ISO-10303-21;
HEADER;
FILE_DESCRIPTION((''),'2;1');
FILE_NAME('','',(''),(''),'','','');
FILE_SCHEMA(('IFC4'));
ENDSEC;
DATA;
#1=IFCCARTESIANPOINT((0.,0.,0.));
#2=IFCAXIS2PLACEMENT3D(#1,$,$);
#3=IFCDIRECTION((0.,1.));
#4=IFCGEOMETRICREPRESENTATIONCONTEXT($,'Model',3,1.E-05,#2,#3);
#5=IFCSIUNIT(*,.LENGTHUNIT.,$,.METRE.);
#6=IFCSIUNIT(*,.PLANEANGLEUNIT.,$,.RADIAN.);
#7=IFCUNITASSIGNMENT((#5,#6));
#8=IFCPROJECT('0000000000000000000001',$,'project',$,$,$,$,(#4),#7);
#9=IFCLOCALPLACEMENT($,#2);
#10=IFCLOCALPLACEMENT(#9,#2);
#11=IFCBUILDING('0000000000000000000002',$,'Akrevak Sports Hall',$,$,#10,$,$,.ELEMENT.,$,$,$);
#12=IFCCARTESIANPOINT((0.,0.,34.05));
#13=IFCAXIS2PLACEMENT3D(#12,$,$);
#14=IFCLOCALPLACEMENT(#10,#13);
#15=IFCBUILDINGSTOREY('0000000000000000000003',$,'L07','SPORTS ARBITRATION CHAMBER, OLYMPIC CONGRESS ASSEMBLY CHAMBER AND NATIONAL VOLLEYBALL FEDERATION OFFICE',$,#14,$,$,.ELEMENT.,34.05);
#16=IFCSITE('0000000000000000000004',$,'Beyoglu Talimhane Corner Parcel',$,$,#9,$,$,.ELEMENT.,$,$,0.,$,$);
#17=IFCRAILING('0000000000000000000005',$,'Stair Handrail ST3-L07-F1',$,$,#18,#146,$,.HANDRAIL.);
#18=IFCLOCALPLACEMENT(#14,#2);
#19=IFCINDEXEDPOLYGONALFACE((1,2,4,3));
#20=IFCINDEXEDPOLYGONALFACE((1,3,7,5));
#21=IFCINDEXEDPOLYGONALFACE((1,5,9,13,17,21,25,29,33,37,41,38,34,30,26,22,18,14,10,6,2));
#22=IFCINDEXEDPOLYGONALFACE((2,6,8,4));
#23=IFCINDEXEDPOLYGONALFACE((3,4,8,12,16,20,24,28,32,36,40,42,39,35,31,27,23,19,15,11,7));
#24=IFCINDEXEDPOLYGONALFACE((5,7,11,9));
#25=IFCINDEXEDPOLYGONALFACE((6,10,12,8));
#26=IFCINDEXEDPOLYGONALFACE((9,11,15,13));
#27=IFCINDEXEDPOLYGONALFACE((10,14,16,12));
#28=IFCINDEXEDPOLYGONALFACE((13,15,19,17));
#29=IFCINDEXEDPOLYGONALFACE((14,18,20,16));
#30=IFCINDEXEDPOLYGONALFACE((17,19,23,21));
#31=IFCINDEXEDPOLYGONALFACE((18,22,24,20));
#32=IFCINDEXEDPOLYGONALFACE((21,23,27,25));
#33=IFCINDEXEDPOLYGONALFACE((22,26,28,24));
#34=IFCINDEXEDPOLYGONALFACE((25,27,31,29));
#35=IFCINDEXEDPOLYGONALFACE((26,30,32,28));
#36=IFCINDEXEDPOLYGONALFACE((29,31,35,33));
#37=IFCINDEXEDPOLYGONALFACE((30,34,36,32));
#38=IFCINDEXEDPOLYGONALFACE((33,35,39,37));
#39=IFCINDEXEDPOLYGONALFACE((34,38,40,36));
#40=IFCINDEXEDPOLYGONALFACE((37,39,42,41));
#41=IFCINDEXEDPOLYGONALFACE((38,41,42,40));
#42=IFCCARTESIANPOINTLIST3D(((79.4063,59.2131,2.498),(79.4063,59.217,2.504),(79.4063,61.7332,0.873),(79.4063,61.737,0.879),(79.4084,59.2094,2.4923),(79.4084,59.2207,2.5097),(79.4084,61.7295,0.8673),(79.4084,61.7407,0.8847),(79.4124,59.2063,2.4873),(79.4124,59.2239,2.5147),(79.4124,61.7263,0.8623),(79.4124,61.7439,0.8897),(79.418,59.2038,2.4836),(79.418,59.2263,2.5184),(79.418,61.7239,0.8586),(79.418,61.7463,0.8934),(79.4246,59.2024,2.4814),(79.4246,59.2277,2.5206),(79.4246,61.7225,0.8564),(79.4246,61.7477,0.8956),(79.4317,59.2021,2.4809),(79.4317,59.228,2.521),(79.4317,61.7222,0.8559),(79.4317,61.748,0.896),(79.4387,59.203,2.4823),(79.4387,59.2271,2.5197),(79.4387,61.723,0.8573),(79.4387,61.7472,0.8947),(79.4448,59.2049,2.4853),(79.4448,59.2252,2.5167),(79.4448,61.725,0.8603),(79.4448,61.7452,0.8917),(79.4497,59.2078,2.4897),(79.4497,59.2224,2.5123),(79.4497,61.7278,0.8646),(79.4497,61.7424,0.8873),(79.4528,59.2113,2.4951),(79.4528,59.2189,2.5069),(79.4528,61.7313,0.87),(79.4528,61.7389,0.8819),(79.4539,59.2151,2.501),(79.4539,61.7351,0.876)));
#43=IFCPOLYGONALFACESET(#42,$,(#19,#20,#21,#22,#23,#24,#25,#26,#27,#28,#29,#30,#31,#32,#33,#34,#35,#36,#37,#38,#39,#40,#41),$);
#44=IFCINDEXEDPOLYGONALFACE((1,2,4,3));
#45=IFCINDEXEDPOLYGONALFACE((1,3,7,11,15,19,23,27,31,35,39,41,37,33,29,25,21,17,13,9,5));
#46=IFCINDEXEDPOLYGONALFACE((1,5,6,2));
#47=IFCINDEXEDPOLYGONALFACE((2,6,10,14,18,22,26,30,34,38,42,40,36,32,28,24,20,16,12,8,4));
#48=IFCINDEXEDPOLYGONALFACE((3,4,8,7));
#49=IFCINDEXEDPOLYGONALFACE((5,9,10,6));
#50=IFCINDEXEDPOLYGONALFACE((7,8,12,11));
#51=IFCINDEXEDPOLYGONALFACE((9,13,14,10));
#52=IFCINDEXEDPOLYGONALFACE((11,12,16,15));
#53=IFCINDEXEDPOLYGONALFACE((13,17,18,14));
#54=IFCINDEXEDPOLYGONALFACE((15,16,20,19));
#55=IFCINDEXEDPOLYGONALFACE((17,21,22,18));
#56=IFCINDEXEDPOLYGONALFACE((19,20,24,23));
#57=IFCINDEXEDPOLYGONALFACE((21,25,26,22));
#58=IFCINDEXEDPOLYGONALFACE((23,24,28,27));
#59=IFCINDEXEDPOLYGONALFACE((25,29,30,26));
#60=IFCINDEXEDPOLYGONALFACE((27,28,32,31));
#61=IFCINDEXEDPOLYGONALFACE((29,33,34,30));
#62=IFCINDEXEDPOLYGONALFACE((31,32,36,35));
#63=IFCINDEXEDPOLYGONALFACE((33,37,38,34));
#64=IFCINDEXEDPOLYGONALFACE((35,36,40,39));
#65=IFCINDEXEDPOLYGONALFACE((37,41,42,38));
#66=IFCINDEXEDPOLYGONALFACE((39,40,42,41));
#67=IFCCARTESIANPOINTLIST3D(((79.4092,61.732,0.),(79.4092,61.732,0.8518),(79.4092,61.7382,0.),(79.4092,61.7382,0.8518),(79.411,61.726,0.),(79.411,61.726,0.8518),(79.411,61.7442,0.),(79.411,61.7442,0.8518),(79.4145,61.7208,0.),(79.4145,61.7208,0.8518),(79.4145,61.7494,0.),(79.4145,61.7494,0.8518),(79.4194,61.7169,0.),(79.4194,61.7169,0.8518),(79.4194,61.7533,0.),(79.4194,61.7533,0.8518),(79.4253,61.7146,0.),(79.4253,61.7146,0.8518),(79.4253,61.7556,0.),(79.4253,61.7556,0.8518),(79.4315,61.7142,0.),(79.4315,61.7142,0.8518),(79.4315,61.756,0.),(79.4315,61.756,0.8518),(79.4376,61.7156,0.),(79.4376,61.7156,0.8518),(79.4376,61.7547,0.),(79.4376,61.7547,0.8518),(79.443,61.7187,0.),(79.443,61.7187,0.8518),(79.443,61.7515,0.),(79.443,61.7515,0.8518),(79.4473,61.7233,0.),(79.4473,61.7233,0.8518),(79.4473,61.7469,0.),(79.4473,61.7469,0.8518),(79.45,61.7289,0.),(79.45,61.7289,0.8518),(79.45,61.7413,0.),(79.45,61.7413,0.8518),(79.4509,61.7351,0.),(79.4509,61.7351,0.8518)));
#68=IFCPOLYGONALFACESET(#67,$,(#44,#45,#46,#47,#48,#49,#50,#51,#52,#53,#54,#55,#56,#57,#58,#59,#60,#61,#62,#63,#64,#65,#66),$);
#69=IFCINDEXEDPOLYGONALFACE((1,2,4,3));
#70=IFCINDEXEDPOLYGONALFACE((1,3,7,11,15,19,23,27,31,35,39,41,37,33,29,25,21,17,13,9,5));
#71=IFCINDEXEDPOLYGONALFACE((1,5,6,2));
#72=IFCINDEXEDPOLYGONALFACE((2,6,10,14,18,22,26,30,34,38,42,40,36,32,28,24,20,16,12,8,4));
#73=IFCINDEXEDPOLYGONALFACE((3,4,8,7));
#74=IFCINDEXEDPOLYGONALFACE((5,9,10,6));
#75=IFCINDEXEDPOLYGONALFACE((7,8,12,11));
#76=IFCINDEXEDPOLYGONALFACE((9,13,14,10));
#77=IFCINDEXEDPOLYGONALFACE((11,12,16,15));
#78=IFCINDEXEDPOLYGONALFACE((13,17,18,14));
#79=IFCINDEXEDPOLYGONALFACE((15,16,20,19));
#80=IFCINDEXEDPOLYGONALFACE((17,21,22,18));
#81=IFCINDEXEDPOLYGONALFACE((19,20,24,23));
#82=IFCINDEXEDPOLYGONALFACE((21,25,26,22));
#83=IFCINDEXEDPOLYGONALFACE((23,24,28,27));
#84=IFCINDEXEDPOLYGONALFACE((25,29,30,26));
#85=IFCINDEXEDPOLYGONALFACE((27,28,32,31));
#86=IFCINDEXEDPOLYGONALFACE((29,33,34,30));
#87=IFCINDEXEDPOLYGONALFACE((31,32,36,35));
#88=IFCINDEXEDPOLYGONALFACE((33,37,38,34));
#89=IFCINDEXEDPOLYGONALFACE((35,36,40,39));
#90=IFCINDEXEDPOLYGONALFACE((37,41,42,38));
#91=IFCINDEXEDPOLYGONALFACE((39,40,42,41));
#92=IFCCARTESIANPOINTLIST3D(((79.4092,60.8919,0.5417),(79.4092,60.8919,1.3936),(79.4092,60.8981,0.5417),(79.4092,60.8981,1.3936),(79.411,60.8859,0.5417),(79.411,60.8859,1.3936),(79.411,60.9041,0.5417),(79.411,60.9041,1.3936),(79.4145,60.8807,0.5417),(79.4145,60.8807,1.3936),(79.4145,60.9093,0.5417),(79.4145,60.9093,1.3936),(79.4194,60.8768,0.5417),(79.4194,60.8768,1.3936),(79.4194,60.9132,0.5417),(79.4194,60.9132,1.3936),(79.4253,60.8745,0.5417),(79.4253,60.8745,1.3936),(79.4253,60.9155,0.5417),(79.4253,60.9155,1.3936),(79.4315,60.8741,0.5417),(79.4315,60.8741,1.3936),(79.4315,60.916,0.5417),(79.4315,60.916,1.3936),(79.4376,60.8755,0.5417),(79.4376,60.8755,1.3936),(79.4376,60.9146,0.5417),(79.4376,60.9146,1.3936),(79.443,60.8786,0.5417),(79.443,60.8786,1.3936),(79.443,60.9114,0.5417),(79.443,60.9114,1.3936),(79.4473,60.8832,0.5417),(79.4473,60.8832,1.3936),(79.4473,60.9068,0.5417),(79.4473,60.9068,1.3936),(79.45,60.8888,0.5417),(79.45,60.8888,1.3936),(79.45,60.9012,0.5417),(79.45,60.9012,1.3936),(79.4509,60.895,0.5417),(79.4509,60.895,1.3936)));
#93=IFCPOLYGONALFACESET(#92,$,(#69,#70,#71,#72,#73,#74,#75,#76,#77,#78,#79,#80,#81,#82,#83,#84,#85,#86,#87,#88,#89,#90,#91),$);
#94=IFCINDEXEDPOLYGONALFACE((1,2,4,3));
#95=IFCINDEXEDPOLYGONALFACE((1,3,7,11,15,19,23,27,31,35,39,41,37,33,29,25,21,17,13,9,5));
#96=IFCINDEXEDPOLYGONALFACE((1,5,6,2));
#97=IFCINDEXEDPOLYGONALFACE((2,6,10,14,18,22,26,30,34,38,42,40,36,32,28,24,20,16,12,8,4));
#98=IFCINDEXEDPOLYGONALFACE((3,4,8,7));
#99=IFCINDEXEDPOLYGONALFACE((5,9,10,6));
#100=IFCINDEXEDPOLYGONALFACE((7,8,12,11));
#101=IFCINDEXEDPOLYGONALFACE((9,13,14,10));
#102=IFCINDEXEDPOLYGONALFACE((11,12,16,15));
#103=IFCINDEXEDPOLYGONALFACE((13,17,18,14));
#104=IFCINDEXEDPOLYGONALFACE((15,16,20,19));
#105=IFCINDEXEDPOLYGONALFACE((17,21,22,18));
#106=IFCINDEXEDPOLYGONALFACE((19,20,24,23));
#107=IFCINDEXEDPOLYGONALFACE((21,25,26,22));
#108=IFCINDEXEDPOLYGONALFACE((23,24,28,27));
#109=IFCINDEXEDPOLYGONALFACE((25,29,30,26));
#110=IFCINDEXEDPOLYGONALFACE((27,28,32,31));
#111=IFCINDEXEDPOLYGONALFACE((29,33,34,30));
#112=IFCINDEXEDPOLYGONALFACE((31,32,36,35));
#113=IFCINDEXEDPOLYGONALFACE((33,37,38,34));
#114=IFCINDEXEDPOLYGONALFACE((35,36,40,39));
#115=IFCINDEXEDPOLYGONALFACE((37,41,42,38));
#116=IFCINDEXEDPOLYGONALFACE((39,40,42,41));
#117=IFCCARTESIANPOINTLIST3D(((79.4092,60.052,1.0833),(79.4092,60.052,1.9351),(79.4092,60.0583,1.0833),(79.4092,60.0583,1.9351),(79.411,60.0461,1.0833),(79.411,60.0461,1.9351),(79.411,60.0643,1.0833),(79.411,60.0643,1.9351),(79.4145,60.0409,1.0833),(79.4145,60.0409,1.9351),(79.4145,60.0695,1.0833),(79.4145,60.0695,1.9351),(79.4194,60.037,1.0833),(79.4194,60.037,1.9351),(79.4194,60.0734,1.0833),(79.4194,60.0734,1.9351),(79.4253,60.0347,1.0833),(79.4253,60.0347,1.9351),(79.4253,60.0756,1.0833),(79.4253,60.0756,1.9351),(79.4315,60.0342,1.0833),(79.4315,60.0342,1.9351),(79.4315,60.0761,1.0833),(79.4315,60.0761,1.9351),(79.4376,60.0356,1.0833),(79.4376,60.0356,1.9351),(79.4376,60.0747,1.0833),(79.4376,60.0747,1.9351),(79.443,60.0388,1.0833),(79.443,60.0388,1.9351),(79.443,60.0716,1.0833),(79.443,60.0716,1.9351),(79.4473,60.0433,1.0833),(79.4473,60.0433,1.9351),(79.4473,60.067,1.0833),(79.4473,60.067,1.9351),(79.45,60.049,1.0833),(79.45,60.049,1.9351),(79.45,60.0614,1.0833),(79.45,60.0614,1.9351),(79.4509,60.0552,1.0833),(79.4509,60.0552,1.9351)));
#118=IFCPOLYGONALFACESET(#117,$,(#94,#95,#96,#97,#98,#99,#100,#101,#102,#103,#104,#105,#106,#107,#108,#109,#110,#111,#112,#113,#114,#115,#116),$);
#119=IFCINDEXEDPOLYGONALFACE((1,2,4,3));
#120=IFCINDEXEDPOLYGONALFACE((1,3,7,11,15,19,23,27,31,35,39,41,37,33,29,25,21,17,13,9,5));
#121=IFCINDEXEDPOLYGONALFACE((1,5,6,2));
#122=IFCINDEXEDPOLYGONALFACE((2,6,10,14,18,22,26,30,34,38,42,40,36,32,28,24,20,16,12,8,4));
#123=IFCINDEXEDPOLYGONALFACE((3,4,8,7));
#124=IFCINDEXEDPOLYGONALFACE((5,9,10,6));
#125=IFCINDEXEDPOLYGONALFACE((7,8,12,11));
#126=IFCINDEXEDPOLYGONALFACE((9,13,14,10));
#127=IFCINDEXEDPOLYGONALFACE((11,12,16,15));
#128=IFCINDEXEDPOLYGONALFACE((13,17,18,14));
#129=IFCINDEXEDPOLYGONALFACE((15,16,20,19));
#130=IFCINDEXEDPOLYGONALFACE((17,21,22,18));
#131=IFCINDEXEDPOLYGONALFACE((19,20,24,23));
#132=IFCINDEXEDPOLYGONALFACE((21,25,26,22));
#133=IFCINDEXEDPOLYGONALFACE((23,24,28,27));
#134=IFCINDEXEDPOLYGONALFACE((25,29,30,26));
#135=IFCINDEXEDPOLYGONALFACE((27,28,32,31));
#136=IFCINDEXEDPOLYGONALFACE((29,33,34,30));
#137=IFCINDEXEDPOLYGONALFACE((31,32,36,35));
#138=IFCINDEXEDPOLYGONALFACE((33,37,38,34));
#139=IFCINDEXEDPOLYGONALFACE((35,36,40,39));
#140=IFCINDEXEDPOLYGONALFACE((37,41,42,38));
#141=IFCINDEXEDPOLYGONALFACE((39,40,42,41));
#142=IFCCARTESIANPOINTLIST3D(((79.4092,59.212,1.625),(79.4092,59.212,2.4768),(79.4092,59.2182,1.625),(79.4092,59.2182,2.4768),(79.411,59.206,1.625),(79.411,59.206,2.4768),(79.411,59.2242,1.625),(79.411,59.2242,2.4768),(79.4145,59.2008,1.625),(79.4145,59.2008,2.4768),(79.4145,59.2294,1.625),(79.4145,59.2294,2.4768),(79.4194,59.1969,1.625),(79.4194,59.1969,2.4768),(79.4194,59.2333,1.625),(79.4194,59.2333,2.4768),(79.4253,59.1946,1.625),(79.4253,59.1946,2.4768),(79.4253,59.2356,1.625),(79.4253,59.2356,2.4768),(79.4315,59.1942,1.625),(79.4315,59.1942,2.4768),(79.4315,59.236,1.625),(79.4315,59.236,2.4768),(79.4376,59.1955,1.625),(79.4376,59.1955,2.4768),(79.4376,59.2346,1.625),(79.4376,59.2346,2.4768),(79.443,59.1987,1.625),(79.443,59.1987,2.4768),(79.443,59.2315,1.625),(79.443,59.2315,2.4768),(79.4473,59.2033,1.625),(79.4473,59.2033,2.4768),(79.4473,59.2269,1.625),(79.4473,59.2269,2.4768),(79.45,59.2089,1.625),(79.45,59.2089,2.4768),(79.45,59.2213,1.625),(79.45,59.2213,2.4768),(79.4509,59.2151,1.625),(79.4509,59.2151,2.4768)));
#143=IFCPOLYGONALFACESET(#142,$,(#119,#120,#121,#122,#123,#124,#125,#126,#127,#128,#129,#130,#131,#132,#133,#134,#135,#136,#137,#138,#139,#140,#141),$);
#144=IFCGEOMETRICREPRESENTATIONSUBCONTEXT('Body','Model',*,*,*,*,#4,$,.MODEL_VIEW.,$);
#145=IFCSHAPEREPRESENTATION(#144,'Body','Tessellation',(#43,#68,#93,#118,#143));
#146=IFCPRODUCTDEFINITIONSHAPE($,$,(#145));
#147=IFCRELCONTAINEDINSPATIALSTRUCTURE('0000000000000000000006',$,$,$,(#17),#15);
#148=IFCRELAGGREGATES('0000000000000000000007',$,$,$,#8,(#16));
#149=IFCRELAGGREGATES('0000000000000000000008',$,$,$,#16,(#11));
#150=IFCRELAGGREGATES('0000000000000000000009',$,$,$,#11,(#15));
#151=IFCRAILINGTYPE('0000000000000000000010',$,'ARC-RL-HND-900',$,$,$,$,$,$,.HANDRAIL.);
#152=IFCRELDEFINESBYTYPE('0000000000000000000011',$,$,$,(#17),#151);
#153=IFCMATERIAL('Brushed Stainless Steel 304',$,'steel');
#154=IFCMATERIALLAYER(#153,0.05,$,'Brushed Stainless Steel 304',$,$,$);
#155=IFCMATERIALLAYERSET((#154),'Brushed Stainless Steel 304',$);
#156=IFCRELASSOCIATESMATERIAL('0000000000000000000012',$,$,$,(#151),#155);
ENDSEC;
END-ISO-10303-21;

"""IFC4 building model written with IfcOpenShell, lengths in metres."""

from ifc_helpers import new_model, si_unit, direction, frame, origin, origin_2d, place, context, subcontext, project, spatial, circle, extrude, material, layer, layer_set, type_object, element, save


model = new_model("IFC4")

# Units and contexts
model_context = context("Model", 3, precision=1e-05, world=origin(), true_north=direction((0.0, 1.0)))
body_context = subcontext(model_context, "Body", "Model", "MODEL_VIEW")
ifc_project = project(units=[si_unit("LENGTHUNIT", "METRE"), si_unit("PLANEANGLEUNIT", "RADIAN")], contexts=[model_context])

# Site, building, storey
site_placement = place(None, origin())
site = spatial("IfcSite", under=ifc_project, at=site_placement, Name="Beyoglu Talimhane Corner Parcel", CompositionType="ELEMENT", RefElevation=0.0)
building_placement = place(site_placement, origin())
building = spatial("IfcBuilding", under=site, at=building_placement, Name="Akrevak Sports Hall", CompositionType="ELEMENT")
storey_placement = place(building_placement, frame((0.0, 0.0, 34.05)))
storey = spatial("IfcBuildingStorey", under=building, at=storey_placement, Name="L07", Description="SPORTS ARBITRATION CHAMBER, OLYMPIC CONGRESS ASSEMBLY CHAMBER AND NATIONAL VOLLEYBALL FEDERATION OFFICE", CompositionType="ELEMENT", Elevation=34.05)

# Railing
ifc_material_1 = material(Name="Brushed Stainless Steel 304", Category="steel")
ifc_layer_1 = layer(ifc_material_1, 0.05, Name="Brushed Stainless Steel 304")
ifc_layer_set_1 = layer_set([ifc_layer_1], Name="Brushed Stainless Steel 304")
railing_type_1 = type_object("IfcRailingType", Name="ARC-RL-HND-900", PredefinedType="HANDRAIL", material=ifc_layer_set_1)
railing_1_placement = place(storey_placement, frame((79.4299, 61.7351, 0.0)))
element("IfcRailing", 1, at=railing_1_placement, inside=storey, type_object=railing_type_1, Name="Stair Handrail ST3-L07-F1", PredefinedType="HANDRAIL", context=body_context, shape_type="SweptSolid", body=[
    extrude(circle(Radius=0.0239, at=origin_2d()), frame((0.0, 0.0, 0.876), z_axis=(0.0, -0.840421, 0.541934), x_axis=(1.0, 0.0, 0.0)), (0.0, 0.0, 1.0), 2.9985),
    extrude(circle(Radius=0.021, at=origin_2d()), origin(), (0.0, 0.0, 1.0), 0.8518),
    extrude(circle(Radius=0.021, at=origin_2d()), frame((0.0, -0.8401, 0.5417)), (0.0, 0.0, 1.0), 0.8518),
    extrude(circle(Radius=0.021, at=origin_2d()), frame((0.0, -1.6799, 1.0833)), (0.0, 0.0, 1.0), 0.8518),
    extrude(circle(Radius=0.021, at=origin_2d()), frame((0.0, -2.52, 1.625)), (0.0, 0.0, 1.0), 0.8518),
])

save(model, "model.ifc")
